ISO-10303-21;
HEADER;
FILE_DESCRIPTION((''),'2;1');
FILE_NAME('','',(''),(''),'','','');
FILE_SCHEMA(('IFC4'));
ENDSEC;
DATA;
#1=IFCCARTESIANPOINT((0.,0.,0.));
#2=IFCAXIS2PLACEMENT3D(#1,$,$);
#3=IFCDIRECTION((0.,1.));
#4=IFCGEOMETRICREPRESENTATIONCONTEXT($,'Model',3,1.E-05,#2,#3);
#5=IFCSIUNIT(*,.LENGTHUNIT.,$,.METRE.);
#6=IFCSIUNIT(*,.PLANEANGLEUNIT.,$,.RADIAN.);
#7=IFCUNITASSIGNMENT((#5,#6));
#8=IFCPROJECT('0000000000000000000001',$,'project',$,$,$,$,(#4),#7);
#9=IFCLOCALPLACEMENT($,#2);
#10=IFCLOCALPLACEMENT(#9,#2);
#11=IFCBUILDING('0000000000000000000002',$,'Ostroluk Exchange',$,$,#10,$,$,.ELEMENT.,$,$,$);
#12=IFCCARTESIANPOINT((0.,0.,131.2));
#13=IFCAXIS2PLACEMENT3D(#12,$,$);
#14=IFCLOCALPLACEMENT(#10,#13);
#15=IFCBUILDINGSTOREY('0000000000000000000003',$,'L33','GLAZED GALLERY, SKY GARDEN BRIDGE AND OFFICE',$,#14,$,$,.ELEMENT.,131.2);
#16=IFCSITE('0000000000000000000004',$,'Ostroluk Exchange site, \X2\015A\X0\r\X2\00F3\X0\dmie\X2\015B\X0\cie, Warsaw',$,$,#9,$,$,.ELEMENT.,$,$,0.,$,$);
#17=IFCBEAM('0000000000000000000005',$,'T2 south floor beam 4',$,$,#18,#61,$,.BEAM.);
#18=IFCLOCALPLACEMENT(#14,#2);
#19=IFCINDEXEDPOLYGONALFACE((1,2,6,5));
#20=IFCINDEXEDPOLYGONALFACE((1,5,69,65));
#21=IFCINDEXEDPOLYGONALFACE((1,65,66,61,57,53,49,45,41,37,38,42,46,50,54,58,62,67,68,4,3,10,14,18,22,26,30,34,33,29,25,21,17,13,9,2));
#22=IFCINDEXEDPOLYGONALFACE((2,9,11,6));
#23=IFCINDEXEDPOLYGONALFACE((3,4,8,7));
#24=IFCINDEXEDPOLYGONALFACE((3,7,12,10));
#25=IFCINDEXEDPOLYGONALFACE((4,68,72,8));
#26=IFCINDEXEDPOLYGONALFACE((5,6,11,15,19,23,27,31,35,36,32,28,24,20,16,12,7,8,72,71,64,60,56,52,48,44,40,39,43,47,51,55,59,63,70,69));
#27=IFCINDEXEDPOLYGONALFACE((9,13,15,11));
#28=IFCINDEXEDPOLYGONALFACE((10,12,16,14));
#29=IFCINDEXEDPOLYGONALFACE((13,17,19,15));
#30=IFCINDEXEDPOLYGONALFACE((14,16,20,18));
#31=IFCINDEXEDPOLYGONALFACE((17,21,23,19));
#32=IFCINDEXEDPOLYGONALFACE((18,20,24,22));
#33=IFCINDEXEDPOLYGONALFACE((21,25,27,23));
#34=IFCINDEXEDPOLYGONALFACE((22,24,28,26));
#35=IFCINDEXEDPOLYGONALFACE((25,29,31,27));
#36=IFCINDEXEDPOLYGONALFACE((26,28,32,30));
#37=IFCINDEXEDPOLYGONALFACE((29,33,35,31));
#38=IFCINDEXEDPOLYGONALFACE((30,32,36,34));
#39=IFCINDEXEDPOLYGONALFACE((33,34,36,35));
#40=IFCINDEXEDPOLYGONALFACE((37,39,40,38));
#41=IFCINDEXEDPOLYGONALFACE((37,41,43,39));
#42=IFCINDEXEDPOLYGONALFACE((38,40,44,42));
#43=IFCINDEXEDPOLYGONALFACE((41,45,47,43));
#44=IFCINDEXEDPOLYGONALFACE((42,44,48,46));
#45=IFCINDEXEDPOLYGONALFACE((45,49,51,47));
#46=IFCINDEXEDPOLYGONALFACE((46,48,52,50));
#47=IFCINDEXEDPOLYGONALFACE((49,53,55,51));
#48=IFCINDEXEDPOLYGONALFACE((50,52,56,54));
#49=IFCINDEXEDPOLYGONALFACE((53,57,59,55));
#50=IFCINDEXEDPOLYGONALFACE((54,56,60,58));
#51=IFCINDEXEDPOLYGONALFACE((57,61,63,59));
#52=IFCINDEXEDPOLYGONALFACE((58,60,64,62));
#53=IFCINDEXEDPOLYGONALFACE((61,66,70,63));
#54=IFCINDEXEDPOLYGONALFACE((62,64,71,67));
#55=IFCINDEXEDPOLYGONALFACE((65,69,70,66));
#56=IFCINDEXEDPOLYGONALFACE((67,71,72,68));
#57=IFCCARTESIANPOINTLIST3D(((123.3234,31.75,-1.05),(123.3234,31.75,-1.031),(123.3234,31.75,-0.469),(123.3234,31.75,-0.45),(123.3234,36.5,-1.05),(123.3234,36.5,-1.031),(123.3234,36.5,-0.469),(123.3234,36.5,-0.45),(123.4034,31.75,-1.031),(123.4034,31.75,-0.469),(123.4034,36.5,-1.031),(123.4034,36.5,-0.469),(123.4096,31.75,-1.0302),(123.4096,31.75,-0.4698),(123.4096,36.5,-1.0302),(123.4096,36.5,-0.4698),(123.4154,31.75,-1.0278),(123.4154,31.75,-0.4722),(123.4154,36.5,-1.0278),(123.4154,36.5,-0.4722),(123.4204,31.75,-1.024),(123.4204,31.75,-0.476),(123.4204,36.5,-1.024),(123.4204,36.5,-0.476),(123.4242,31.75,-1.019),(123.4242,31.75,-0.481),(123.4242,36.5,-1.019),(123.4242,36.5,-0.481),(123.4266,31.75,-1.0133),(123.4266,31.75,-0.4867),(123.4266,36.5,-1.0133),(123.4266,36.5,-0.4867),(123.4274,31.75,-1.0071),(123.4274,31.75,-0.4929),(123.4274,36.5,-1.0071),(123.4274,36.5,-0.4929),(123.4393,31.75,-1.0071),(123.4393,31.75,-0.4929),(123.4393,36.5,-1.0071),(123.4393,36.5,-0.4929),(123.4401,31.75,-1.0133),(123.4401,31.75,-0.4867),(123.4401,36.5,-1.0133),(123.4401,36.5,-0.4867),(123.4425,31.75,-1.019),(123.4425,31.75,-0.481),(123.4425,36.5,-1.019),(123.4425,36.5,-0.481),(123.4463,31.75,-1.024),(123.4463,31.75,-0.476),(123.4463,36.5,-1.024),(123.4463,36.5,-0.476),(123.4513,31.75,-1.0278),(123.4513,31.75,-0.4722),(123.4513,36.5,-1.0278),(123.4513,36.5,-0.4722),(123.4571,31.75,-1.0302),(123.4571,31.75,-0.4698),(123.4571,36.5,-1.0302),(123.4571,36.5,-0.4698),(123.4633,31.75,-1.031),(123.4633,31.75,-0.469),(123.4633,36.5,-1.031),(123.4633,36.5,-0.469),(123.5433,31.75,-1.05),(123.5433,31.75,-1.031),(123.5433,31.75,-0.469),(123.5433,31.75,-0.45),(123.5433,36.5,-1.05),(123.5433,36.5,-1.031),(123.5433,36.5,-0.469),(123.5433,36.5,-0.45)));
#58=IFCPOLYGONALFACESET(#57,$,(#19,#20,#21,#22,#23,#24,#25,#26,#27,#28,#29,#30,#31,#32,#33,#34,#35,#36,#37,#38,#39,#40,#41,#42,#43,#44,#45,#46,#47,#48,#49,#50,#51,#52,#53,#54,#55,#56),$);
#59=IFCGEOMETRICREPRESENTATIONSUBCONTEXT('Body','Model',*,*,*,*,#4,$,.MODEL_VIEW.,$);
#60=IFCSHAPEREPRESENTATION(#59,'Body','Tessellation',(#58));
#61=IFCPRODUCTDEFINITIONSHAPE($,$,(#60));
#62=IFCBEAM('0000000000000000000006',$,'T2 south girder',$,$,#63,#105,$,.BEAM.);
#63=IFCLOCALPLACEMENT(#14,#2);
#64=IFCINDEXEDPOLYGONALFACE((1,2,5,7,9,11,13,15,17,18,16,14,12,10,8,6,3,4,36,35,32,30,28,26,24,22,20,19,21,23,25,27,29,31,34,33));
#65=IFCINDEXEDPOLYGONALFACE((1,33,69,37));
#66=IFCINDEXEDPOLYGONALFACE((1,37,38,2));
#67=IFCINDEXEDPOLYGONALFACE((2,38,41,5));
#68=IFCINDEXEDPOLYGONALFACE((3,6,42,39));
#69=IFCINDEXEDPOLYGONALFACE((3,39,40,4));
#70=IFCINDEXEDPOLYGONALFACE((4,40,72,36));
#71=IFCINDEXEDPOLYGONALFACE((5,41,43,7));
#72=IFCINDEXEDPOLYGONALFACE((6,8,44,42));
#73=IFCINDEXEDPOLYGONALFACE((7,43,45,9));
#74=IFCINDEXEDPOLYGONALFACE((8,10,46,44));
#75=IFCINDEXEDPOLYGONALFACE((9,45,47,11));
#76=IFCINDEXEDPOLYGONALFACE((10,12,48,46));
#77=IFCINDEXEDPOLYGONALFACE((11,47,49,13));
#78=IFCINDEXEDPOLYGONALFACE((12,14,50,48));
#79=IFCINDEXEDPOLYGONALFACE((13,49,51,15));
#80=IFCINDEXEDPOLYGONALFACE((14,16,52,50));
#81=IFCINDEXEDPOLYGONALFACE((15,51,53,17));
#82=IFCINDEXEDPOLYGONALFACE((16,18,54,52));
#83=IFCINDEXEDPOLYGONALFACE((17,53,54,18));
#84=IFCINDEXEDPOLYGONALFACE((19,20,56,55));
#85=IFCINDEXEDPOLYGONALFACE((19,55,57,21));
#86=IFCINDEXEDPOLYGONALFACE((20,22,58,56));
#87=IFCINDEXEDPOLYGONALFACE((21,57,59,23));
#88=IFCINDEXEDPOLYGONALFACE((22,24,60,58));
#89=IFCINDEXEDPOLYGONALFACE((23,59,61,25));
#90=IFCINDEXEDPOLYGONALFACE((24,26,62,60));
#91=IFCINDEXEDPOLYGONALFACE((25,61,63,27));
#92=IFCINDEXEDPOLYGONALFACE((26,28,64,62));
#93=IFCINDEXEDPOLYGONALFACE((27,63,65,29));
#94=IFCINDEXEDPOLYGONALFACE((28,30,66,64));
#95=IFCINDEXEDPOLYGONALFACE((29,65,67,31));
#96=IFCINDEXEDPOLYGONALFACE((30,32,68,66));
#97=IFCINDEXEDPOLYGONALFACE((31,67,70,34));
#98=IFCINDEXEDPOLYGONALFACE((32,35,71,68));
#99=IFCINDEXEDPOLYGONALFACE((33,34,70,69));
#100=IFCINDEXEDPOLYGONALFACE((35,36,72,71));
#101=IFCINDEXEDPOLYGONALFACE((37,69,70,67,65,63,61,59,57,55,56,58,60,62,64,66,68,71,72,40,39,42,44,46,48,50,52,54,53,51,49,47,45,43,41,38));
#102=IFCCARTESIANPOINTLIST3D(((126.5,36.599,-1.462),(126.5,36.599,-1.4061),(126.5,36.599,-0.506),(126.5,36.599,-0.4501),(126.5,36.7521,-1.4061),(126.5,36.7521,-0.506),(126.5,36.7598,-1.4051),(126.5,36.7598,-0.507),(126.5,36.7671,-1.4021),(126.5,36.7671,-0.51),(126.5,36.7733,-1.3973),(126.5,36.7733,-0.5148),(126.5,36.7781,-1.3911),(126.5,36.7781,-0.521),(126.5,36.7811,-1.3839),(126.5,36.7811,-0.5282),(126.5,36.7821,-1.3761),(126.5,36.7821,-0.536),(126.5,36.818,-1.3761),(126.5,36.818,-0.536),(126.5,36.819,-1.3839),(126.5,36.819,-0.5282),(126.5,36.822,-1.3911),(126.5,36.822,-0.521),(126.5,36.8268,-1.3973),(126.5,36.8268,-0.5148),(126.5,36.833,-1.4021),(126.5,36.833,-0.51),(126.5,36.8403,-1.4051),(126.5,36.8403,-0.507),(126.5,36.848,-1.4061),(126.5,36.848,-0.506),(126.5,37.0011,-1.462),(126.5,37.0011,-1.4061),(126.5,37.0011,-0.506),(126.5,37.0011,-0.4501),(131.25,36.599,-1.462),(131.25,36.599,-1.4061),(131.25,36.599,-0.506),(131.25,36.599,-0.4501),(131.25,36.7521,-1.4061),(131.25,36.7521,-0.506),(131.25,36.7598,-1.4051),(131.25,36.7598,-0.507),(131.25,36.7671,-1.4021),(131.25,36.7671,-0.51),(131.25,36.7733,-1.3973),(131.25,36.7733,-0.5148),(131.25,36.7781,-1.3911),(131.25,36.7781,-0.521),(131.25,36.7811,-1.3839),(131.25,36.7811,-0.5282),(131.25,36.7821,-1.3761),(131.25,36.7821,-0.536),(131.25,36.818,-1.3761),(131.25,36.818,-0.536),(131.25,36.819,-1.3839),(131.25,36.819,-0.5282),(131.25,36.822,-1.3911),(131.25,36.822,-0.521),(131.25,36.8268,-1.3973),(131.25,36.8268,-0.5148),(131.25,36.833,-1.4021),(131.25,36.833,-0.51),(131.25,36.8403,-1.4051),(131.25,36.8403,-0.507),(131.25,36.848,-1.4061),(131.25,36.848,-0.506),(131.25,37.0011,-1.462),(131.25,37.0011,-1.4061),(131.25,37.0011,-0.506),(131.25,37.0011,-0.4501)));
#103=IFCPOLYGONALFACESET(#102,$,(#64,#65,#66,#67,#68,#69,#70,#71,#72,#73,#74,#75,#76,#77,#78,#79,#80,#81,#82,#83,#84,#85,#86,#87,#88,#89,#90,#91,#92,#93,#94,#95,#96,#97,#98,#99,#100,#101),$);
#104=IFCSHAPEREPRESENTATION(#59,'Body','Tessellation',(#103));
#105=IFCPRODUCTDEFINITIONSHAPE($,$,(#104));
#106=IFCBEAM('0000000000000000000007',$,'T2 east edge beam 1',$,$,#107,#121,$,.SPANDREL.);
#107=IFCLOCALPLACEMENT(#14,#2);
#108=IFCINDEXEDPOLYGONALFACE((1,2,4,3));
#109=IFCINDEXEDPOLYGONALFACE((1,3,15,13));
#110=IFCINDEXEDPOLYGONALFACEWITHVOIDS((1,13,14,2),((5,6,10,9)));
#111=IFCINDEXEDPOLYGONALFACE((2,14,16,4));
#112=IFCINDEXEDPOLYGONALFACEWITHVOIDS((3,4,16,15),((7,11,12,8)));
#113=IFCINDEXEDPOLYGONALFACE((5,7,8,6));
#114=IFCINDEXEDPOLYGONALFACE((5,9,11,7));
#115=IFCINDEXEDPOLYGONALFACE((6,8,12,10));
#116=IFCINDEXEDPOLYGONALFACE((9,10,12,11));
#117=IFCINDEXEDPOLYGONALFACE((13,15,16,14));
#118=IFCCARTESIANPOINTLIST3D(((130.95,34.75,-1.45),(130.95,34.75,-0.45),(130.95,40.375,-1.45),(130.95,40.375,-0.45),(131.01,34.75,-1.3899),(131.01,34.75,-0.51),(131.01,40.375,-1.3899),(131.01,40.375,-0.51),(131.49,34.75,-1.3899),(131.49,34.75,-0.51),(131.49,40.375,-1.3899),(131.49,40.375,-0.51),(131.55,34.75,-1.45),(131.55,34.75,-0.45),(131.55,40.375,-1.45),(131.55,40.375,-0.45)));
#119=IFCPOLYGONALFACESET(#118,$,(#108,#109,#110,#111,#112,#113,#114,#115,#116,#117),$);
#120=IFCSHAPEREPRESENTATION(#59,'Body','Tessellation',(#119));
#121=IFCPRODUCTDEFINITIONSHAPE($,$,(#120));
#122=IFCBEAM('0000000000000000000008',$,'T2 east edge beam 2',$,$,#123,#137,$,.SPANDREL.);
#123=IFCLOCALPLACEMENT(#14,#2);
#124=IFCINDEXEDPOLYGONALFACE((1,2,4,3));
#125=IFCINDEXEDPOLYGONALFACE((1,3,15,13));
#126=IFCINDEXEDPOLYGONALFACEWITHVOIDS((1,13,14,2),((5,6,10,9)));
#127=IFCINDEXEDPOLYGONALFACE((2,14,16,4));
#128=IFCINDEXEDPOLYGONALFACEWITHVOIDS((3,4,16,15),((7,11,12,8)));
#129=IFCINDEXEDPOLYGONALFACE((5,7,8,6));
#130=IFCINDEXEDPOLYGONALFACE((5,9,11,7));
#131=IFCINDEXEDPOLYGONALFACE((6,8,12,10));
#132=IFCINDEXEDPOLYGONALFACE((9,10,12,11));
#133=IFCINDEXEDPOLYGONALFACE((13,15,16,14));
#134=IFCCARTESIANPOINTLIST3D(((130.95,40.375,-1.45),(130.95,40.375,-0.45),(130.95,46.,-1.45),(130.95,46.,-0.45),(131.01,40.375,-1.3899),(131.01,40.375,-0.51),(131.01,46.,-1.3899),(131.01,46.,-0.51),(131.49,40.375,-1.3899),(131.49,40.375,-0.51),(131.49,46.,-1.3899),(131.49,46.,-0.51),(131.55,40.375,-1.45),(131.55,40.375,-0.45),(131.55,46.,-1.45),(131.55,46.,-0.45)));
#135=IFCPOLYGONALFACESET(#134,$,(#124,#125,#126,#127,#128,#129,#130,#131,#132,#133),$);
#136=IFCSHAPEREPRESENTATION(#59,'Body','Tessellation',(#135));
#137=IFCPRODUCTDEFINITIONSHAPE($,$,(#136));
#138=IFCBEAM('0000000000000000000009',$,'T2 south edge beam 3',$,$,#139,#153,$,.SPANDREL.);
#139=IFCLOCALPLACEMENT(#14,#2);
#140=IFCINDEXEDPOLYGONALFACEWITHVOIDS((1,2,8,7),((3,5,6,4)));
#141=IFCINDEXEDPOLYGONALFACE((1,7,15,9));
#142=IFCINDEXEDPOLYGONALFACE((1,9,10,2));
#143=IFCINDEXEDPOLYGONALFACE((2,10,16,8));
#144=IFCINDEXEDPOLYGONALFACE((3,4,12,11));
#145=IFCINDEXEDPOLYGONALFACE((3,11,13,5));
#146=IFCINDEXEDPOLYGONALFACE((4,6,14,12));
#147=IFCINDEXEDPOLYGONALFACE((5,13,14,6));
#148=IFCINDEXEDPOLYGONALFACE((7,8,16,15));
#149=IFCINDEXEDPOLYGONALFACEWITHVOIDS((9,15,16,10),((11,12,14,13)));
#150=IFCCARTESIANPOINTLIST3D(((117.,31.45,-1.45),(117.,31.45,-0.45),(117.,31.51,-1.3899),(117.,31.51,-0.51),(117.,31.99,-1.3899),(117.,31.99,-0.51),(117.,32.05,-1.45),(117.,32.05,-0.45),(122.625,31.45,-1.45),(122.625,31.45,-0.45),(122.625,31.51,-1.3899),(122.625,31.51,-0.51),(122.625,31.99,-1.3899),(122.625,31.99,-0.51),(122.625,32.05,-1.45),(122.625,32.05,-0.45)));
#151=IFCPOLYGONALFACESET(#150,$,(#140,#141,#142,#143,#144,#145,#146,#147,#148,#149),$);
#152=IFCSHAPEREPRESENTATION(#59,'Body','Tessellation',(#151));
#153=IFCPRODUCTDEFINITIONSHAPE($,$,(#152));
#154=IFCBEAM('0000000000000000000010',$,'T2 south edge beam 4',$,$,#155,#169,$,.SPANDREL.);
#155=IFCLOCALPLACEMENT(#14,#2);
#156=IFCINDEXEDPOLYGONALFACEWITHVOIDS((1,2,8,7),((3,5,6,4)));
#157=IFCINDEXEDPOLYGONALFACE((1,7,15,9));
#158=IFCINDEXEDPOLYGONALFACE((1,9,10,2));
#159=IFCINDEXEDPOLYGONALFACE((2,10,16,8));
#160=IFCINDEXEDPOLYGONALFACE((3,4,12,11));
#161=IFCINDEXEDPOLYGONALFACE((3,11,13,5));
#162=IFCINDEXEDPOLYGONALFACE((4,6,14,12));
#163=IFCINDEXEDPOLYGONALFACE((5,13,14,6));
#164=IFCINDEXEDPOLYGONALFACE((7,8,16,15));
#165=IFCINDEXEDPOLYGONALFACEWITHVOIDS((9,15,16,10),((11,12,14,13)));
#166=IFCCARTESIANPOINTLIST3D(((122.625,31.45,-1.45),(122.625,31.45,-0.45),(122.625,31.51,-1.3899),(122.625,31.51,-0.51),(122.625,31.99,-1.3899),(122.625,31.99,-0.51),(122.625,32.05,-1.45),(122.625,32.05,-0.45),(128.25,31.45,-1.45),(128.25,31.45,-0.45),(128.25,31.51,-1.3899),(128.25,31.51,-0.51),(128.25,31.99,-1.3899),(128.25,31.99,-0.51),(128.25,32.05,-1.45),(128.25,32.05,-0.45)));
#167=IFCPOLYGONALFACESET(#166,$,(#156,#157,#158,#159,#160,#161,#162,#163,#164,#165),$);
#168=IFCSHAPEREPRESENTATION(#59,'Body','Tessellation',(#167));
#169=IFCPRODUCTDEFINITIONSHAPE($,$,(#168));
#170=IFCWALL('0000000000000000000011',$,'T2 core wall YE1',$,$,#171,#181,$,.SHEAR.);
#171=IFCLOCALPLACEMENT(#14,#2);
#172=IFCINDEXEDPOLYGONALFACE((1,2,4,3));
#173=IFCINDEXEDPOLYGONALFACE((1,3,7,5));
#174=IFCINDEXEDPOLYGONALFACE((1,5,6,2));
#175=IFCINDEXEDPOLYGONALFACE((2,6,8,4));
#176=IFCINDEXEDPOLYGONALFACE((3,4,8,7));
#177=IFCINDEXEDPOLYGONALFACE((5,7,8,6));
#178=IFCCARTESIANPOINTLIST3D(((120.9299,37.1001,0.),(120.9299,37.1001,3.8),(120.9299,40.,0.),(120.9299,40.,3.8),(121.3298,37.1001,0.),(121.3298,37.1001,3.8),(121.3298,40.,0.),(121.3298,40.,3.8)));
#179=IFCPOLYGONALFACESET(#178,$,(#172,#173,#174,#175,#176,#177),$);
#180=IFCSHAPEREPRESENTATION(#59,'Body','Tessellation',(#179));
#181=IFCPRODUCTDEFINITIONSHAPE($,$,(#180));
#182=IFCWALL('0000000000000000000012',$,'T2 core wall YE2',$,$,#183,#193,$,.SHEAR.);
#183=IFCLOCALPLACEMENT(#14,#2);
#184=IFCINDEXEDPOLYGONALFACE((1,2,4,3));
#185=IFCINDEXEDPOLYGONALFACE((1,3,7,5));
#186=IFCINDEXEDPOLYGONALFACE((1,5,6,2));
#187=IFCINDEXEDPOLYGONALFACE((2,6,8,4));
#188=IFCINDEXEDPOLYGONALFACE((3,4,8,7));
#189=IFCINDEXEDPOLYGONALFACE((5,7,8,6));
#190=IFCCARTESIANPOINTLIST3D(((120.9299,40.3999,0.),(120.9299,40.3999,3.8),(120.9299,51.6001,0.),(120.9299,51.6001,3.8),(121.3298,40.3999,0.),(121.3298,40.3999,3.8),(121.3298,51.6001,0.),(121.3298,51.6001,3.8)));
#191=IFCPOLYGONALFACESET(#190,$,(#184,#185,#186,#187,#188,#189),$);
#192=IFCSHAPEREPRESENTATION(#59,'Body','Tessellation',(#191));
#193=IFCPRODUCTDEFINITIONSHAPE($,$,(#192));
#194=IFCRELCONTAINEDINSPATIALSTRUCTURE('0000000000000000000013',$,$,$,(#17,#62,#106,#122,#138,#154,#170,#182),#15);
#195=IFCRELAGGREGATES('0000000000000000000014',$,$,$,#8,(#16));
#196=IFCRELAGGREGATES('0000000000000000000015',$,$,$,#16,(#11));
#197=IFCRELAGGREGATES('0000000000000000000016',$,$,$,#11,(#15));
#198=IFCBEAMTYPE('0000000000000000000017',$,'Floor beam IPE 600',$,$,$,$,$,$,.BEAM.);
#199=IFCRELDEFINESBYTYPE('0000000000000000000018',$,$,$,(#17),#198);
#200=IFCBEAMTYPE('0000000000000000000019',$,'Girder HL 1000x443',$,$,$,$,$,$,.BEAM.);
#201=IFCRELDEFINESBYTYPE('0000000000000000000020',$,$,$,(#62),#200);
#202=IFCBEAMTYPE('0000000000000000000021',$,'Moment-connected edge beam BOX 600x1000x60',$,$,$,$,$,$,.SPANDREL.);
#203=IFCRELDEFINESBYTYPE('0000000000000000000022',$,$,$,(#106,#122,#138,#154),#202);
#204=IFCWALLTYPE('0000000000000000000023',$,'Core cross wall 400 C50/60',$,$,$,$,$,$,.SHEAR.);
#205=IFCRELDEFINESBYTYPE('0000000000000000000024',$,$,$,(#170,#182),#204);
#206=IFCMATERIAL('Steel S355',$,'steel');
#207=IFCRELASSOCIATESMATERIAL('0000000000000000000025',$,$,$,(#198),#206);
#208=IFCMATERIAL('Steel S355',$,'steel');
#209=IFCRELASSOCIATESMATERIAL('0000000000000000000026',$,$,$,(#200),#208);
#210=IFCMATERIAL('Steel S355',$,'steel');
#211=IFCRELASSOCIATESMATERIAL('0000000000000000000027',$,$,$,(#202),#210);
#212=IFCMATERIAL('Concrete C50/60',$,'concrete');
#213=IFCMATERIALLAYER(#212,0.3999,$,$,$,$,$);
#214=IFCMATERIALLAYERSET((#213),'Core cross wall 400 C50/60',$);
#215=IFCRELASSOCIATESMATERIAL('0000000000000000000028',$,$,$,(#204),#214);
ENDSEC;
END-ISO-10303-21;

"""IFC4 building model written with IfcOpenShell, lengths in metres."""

from ifc_helpers import new_model, si_unit, direction, frame, frame_2d, origin, origin_2d, place, context, subcontext, project, spatial, rectangle, hollow_rectangle, i_section, extrude, material, layer, layer_set, material_profile, profile_set, type_object, element, save


model = new_model("IFC4")

# Units and contexts
model_context = context("Model", 3, precision=1e-05, world=origin(), true_north=direction((0.0, 1.0)))
body_context = subcontext(model_context, "Body", "Model", "MODEL_VIEW")
ifc_project = project(units=[si_unit("LENGTHUNIT", "METRE"), si_unit("PLANEANGLEUNIT", "RADIAN")], contexts=[model_context])

# Site, building, storey
site_placement = place(None, origin())
site = spatial("IfcSite", under=ifc_project, at=site_placement, Name="Ostroluk Exchange site, Śródmieście, Warsaw", CompositionType="ELEMENT", RefElevation=0.0)
building_placement = place(site_placement, origin())
building = spatial("IfcBuilding", under=site, at=building_placement, Name="Ostroluk Exchange", CompositionType="ELEMENT")
storey_placement = place(building_placement, frame((0.0, 0.0, 131.2)))
storey = spatial("IfcBuildingStorey", under=building, at=storey_placement, Name="L33", Description="GLAZED GALLERY, SKY GARDEN BRIDGE AND OFFICE", CompositionType="ELEMENT", Elevation=131.2)

# Beams
ifc_material_1 = material(Name="Steel S355", Category="steel")
ifc_material_profile_1 = material_profile(ifc_material_1, i_section(OverallWidth=0.22, OverallDepth=0.6001, WebThickness=0.012, FlangeThickness=0.019, FilletRadius=0.0239, at=origin_2d()), Name="IPE 600")
ifc_profile_set_1 = profile_set([ifc_material_profile_1], Name="Steel S355")
beam_type_1 = type_object("IfcBeamType", Name="Floor beam IPE 600", PredefinedType="BEAM", material=ifc_profile_set_1)
for number, where, z_axis, x_axis, name in (
    (1, (123.4333, 36.5, -0.75), (0.0, -1.0, 0.0), (1.0, 0.0, 0.0), "T2 south floor beam 4"),
):
    element("IfcBeam", number, at=place(storey_placement, frame(where, z_axis=z_axis, x_axis=x_axis)), inside=storey, type_object=beam_type_1, Name=name, PredefinedType="BEAM", context=body_context, shape_type="SweptSolid", body=[
        extrude(i_section(OverallWidth=0.22, OverallDepth=0.6001, WebThickness=0.012, FlangeThickness=0.019, FilletRadius=0.0239, at=origin_2d()), origin(), (0.0, 0.0, 1.0), 4.75),
    ])
ifc_material_2 = material(Name="Steel S355", Category="steel")
ifc_material_profile_2 = material_profile(ifc_material_2, i_section(OverallWidth=0.4021, OverallDepth=1.012, WebThickness=0.0359, FlangeThickness=0.0559, FilletRadius=0.03, at=origin_2d()), Name="HL 1000x443")
ifc_profile_set_2 = profile_set([ifc_material_profile_2], Name="Steel S355")
beam_type_2 = type_object("IfcBeamType", Name="Girder HL 1000x443", PredefinedType="BEAM", material=ifc_profile_set_2)
beam_placement = place(storey_placement, frame((126.5, 36.8, -0.9561), z_axis=(1.0, 0.0, 0.0), x_axis=(0.0, 1.0, 0.0)))
element("IfcBeam", 2, at=beam_placement, inside=storey, type_object=beam_type_2, Name="T2 south girder", PredefinedType="BEAM", context=body_context, shape_type="SweptSolid", body=[
    extrude(i_section(OverallWidth=0.4021, OverallDepth=1.012, WebThickness=0.0359, FlangeThickness=0.0559, FilletRadius=0.03, at=origin_2d()), origin(), (0.0, 0.0, 1.0), 4.75),
])
ifc_material_3 = material(Name="Steel S355", Category="steel")
ifc_material_profile_3 = material_profile(ifc_material_3, hollow_rectangle(XDim=0.6001, YDim=1.0, WallThickness=0.0601, at=origin_2d()), Name="BOX 600x1000x60")
ifc_profile_set_3 = profile_set([ifc_material_profile_3], Name="Steel S355")
beam_type_3 = type_object("IfcBeamType", Name="Moment-connected edge beam BOX 600x1000x60", PredefinedType="SPANDREL", material=ifc_profile_set_3)
for number, where, z_axis, x_axis, name in (
    (3, (131.25, 34.75, -0.95), (0.0, 1.0, 0.0), (-1.0, 0.0, 0.0), "T2 east edge beam 1"),
    (4, (131.25, 40.375, -0.95), (0.0, 1.0, 0.0), (-1.0, 0.0, 0.0), "T2 east edge beam 2"),
    (5, (117.0, 31.75, -0.95), (1.0, 0.0, 0.0), (0.0, 1.0, 0.0), "T2 south edge beam 3"),
    (6, (122.625, 31.75, -0.95), (1.0, 0.0, 0.0), (0.0, 1.0, 0.0), "T2 south edge beam 4"),
):
    element("IfcBeam", number, at=place(storey_placement, frame(where, z_axis=z_axis, x_axis=x_axis)), inside=storey, type_object=beam_type_3, Name=name, PredefinedType="SPANDREL", context=body_context, shape_type="SweptSolid", body=[
        extrude(hollow_rectangle(XDim=0.6001, YDim=1.0, WallThickness=0.0601, at=origin_2d()), origin(), (0.0, 0.0, 1.0), 5.625),
    ])

# Walls
ifc_material_4 = material(Name="Concrete C50/60", Category="concrete")
ifc_layer_1 = layer(ifc_material_4, 0.3999)
ifc_layer_set_1 = layer_set([ifc_layer_1], Name="Core cross wall 400 C50/60")
wall_type_1 = type_object("IfcWallType", Name="Core cross wall 400 C50/60", PredefinedType="SHEAR", material=ifc_layer_set_1)
wall_1_placement = place(storey_placement, frame((121.1299, 37.1001, 0.0), z_axis=(0.0, 0.0, 1.0), x_axis=(0.0, 1.0, 0.0)))
element("IfcWall", 7, at=wall_1_placement, inside=storey, type_object=wall_type_1, Name="T2 core wall YE1", PredefinedType="SHEAR", context=body_context, shape_type="SweptSolid", body=[
    extrude(rectangle(XDim=2.8999, YDim=0.3999, at=frame_2d((1.45, 0.0))), origin(), (0.0, 0.0, 1.0), 3.8),
])
wall_2_placement = place(storey_placement, frame((121.1299, 40.3999, 0.0), z_axis=(0.0, 0.0, 1.0), x_axis=(0.0, 1.0, 0.0)))
element("IfcWall", 8, at=wall_2_placement, inside=storey, type_object=wall_type_1, Name="T2 core wall YE2", PredefinedType="SHEAR", context=body_context, shape_type="SweptSolid", body=[
    extrude(rectangle(XDim=11.2002, YDim=0.3999, at=frame_2d((5.6001, 0.0))), origin(), (0.0, 0.0, 1.0), 3.8),
])

save(model, "model.ifc")
